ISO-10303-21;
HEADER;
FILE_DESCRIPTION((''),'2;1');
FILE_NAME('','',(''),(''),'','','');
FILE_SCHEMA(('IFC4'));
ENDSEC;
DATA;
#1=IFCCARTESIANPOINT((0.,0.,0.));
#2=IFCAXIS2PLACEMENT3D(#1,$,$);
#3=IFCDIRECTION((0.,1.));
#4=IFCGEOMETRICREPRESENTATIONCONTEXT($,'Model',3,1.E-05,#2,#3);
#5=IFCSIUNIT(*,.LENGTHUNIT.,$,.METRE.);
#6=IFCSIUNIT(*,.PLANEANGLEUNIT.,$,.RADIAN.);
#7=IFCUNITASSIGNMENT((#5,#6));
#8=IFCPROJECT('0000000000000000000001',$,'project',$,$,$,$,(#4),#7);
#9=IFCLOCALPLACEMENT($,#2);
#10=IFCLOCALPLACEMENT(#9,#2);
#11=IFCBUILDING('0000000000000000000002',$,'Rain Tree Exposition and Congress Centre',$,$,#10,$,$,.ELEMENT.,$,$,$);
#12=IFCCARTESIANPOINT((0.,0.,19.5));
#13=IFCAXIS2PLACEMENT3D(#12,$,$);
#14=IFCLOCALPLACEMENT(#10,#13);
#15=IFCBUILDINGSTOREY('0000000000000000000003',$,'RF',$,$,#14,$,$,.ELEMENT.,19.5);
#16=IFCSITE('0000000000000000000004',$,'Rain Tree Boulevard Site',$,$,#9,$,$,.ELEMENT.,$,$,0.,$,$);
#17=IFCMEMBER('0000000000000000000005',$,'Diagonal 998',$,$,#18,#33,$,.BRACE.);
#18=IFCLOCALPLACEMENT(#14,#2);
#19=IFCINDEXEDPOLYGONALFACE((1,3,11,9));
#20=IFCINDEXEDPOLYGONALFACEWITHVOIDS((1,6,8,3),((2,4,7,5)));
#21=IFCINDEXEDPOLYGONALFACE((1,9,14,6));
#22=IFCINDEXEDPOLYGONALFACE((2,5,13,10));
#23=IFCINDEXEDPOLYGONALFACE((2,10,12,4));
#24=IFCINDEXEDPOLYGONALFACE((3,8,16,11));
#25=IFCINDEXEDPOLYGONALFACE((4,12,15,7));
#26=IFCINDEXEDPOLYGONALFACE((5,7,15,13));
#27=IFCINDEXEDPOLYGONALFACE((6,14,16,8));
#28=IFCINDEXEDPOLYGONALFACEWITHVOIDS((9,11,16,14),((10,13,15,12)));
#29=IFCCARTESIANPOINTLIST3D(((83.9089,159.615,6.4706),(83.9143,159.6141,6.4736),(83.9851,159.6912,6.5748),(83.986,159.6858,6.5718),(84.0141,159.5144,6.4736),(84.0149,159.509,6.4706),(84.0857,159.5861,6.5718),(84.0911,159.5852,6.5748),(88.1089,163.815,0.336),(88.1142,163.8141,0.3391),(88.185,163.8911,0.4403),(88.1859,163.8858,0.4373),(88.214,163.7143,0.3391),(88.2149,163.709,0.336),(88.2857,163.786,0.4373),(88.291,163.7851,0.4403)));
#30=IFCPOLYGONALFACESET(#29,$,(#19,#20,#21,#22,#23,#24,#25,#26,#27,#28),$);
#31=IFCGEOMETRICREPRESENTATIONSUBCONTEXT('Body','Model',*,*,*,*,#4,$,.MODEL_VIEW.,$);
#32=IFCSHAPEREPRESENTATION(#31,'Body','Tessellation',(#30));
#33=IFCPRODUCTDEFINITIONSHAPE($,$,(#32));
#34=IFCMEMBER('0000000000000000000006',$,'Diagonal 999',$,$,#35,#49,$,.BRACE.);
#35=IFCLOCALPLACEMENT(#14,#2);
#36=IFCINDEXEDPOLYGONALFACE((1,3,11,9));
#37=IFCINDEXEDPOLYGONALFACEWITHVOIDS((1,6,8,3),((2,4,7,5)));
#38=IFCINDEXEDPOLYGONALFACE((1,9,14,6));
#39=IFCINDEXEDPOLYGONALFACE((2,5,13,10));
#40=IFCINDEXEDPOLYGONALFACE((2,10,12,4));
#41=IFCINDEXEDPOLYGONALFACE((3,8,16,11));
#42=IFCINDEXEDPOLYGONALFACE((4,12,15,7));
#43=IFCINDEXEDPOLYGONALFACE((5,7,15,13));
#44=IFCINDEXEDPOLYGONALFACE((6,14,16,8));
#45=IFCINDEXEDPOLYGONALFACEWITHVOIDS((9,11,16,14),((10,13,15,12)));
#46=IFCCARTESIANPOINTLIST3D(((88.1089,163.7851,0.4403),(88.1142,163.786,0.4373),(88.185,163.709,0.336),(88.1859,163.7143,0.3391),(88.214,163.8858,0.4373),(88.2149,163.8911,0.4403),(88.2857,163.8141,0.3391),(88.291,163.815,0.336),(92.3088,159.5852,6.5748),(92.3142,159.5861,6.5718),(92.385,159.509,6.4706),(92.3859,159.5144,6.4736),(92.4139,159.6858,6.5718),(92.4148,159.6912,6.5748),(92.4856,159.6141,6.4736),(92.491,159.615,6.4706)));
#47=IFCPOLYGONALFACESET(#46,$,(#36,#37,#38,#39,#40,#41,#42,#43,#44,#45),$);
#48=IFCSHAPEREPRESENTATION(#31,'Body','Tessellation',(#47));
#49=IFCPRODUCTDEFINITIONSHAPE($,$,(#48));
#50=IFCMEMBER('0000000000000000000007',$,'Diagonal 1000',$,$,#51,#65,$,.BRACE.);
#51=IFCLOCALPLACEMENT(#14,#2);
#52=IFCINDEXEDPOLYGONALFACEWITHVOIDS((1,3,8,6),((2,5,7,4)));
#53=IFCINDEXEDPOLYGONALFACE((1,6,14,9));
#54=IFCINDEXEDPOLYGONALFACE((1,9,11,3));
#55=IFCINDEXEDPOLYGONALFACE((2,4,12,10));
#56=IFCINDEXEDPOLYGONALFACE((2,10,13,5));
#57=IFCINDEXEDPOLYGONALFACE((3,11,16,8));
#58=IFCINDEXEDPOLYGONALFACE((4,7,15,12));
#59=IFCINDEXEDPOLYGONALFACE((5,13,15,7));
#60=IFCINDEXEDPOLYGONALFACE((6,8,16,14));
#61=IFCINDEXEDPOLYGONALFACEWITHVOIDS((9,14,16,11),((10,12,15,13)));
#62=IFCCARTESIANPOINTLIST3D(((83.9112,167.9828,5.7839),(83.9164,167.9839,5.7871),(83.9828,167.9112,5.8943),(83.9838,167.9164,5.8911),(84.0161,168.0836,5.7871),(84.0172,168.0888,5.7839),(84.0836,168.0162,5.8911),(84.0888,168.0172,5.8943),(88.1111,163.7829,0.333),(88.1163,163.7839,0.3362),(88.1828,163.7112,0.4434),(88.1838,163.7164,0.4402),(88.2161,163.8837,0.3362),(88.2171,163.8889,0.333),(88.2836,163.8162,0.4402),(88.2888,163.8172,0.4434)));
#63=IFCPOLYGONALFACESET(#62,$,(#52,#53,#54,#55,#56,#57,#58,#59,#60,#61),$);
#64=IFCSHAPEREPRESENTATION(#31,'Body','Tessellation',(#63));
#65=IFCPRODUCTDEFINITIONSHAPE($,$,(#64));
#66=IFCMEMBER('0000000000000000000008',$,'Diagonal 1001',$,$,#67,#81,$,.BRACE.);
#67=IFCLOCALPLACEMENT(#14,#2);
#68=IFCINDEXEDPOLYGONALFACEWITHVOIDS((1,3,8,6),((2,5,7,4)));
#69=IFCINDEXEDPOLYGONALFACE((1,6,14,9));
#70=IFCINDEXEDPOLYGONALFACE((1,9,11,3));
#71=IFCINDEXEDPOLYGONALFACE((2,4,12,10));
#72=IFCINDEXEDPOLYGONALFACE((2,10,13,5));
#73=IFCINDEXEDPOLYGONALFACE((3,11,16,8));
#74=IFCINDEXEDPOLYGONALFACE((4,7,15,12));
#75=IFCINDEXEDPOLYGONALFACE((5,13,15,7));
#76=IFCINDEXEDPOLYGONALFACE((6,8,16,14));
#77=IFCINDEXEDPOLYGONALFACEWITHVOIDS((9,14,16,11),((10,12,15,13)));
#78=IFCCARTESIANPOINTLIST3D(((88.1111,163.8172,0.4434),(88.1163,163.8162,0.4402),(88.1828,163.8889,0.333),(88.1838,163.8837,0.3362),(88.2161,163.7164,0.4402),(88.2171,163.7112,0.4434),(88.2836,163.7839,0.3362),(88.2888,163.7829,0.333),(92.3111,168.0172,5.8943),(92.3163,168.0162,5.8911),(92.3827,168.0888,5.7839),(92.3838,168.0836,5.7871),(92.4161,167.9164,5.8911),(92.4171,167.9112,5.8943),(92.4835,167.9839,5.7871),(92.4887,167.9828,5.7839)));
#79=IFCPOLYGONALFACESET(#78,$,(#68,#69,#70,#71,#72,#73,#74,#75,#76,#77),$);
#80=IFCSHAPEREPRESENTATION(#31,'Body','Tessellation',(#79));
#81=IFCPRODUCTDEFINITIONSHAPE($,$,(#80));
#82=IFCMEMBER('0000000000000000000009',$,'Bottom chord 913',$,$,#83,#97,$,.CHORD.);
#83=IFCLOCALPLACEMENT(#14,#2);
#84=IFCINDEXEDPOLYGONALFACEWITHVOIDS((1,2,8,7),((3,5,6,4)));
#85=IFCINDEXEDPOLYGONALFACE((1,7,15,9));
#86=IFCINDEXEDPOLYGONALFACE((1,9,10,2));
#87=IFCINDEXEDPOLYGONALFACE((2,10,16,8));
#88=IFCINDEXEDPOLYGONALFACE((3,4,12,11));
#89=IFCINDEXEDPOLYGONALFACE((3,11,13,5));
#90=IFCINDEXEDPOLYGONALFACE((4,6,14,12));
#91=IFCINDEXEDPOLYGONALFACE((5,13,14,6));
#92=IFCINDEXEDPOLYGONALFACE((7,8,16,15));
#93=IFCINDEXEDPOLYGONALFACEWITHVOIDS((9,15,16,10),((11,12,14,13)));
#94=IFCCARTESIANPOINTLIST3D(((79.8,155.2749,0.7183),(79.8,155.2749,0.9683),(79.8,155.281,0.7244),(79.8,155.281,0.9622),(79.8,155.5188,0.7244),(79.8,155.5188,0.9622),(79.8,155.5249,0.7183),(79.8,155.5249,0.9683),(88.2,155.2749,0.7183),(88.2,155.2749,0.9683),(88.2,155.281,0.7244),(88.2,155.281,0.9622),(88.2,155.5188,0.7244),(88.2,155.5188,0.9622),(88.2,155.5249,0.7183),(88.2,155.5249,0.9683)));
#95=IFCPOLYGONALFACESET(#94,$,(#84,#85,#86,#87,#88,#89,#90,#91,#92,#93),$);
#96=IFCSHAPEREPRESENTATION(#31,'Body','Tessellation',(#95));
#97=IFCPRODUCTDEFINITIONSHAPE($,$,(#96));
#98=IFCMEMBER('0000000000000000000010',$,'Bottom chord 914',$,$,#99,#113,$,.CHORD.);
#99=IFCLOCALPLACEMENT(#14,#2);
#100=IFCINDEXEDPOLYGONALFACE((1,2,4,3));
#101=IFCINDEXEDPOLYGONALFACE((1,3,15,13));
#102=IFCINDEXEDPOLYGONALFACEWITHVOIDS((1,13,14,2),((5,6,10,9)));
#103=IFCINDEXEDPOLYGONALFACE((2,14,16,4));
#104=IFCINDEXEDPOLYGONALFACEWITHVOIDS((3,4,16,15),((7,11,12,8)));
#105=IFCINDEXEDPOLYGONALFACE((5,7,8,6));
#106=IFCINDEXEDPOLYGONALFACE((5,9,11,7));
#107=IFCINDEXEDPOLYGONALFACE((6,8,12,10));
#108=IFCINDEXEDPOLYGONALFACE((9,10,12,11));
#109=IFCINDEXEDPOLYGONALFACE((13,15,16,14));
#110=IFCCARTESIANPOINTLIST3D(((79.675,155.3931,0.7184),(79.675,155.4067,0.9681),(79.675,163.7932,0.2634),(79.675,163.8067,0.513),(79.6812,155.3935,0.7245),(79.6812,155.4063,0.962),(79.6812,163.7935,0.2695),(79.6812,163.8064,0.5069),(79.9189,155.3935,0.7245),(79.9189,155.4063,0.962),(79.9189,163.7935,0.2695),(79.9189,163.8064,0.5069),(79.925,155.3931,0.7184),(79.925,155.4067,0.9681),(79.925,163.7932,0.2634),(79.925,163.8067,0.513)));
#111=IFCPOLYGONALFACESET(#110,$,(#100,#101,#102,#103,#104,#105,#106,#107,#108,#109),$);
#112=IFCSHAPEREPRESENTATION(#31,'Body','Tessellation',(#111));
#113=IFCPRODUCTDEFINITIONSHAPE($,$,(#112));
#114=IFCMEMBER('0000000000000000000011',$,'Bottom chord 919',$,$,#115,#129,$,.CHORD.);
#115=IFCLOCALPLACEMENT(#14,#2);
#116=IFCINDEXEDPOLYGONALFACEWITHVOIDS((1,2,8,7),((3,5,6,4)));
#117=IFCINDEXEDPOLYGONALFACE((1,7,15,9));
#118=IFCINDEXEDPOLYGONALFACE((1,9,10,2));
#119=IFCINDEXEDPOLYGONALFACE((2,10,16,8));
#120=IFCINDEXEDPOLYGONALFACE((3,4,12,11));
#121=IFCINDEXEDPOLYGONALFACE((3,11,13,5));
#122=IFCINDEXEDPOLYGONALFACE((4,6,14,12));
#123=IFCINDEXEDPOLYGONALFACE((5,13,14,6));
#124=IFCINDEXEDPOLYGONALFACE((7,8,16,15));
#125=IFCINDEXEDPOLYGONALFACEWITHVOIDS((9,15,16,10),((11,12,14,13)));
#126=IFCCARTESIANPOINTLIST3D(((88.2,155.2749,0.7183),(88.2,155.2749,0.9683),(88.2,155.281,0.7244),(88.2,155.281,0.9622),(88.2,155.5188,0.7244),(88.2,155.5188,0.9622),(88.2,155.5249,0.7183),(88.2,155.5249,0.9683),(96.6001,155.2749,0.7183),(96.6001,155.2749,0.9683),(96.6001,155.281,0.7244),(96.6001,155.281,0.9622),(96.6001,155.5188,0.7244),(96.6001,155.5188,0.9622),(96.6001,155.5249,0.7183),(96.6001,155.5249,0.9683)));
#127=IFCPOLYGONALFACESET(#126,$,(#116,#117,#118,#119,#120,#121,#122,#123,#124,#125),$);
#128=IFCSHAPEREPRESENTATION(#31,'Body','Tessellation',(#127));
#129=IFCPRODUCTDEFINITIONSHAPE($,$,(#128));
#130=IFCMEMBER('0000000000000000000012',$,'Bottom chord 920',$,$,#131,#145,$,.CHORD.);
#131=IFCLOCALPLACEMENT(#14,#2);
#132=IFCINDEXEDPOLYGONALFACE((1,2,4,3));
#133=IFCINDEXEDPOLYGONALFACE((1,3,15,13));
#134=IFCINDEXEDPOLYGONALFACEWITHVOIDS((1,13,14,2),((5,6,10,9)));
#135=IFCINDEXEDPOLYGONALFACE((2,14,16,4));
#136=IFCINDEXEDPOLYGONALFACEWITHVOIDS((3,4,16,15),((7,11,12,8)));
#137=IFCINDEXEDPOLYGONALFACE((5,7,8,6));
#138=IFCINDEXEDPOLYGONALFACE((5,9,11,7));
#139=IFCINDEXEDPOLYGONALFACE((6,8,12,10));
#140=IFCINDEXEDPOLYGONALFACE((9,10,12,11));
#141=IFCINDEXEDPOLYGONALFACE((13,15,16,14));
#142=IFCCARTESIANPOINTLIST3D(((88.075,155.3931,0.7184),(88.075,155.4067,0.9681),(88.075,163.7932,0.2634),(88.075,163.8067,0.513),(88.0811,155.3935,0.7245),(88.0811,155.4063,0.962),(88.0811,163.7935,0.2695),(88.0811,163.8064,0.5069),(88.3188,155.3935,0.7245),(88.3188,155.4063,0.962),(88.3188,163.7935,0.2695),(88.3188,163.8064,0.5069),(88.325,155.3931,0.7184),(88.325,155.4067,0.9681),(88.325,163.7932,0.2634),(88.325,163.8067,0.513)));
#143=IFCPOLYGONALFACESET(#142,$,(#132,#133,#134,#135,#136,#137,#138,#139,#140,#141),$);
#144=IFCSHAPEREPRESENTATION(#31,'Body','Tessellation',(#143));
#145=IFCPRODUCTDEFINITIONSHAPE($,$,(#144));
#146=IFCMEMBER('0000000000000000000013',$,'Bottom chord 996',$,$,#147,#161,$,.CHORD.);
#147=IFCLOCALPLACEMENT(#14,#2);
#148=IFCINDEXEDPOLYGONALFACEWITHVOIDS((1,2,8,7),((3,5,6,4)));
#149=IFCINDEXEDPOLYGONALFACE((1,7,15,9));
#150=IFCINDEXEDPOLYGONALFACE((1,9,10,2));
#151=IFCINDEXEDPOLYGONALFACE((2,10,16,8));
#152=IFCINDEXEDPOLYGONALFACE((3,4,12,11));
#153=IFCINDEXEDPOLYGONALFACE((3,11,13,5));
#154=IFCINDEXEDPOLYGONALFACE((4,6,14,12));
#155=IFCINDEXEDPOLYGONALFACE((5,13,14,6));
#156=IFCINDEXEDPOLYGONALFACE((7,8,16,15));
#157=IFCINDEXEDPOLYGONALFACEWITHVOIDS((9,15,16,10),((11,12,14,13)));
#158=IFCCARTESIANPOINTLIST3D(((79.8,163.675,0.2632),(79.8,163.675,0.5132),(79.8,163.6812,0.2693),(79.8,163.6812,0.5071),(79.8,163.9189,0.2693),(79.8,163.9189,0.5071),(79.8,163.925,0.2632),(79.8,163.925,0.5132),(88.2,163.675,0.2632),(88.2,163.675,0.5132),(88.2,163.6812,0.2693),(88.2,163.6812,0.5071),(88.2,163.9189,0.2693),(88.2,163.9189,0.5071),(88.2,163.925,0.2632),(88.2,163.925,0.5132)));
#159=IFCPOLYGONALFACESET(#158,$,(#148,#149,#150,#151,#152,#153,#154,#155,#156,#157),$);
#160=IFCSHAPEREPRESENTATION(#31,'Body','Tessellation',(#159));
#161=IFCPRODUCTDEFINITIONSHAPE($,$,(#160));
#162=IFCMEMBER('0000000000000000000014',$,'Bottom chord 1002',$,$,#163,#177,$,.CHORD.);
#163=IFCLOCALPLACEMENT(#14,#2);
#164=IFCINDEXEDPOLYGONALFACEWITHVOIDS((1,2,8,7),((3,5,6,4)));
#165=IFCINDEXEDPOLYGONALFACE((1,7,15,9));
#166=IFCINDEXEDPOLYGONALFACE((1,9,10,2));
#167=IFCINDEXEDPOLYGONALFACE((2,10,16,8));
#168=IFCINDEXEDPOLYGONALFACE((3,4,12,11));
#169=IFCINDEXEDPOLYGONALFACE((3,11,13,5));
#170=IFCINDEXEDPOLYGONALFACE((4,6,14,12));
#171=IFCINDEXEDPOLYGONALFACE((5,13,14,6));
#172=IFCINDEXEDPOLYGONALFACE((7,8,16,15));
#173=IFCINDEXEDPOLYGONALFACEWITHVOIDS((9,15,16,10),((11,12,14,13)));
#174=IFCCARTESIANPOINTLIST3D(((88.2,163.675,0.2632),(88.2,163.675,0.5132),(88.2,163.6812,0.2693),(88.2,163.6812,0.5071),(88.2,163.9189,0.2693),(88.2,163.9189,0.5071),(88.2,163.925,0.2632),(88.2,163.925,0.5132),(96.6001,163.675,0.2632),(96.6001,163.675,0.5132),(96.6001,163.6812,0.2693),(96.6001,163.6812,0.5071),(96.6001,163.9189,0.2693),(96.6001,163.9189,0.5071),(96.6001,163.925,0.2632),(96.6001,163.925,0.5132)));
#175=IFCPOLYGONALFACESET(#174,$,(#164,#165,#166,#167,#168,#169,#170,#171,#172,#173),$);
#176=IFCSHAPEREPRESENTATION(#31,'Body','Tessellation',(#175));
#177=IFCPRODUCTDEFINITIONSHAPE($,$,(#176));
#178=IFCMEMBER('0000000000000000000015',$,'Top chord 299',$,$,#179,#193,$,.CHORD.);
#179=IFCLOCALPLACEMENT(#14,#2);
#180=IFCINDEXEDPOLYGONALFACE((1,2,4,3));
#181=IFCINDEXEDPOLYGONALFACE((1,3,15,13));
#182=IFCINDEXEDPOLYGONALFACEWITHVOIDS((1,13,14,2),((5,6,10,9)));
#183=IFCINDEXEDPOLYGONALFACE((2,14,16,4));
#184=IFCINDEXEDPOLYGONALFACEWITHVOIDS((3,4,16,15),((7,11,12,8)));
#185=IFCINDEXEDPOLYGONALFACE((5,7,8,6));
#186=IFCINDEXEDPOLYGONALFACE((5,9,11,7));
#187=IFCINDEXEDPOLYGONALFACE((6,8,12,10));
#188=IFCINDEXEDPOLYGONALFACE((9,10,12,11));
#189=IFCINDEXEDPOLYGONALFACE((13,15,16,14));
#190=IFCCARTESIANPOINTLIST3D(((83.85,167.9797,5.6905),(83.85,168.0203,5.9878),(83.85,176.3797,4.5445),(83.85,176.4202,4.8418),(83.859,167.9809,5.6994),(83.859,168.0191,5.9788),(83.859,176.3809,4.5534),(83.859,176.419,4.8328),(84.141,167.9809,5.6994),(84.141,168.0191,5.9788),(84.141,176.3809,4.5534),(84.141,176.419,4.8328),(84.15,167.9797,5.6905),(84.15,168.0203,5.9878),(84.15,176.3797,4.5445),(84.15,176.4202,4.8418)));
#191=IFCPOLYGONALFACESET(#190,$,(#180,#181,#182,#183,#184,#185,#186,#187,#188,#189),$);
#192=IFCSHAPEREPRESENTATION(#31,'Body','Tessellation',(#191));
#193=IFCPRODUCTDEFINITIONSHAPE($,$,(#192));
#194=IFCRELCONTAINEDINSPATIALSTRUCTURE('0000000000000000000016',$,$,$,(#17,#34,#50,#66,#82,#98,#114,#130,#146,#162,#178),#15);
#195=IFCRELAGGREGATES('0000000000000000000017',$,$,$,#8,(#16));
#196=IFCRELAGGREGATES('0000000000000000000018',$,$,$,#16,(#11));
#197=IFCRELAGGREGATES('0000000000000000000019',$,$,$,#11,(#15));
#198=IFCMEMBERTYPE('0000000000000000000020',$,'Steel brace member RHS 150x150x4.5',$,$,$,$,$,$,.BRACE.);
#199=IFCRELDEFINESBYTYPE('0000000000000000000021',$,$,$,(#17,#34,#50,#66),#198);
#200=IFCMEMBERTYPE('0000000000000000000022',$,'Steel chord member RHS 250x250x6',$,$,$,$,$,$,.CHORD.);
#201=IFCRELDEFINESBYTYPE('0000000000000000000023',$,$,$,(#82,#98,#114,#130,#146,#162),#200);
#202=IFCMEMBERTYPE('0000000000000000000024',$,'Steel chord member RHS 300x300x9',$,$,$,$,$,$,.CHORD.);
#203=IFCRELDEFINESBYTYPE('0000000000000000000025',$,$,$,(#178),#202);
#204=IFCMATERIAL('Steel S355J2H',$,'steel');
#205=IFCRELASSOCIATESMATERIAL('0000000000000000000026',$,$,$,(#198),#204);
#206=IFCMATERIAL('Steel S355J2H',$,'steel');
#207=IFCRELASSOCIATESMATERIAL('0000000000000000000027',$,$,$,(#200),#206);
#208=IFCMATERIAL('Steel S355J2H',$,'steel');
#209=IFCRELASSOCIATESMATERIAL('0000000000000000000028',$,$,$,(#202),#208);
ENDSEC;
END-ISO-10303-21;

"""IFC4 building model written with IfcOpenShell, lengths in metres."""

from ifc_helpers import new_model, si_unit, direction, frame, origin, origin_2d, place, context, subcontext, project, spatial, hollow_rectangle, extrude, material, material_profile, profile_set, type_object, element, save


model = new_model("IFC4")

# Units and contexts
model_context = context("Model", 3, precision=1e-05, world=origin(), true_north=direction((0.0, 1.0)))
body_context = subcontext(model_context, "Body", "Model", "MODEL_VIEW")
ifc_project = project(units=[si_unit("LENGTHUNIT", "METRE"), si_unit("PLANEANGLEUNIT", "RADIAN")], contexts=[model_context])

# Site, building, storey
site_placement = place(None, origin())
site = spatial("IfcSite", under=ifc_project, at=site_placement, Name="Rain Tree Boulevard Site", CompositionType="ELEMENT", RefElevation=0.0)
building_placement = place(site_placement, origin())
building = spatial("IfcBuilding", under=site, at=building_placement, Name="Rain Tree Exposition and Congress Centre", CompositionType="ELEMENT")
storey_placement = place(building_placement, frame((0.0, 0.0, 19.5)))
storey = spatial("IfcBuildingStorey", under=building, at=storey_placement, Name="RF", CompositionType="ELEMENT", Elevation=19.5)

# Members
ifc_material_1 = material(Name="Steel S355J2H", Category="steel")
ifc_material_profile_1 = material_profile(ifc_material_1, hollow_rectangle(XDim=0.1499, YDim=0.1499, WallThickness=0.0044, at=origin_2d()), Name="RHS 150x150x4.5")
ifc_profile_set_1 = profile_set([ifc_material_profile_1], Name="Steel S355J2H")
member_type_1 = type_object("IfcMemberType", Name="Steel brace member RHS 150x150x4.5", PredefinedType="BRACE", material=ifc_profile_set_1)
for number, where, z_axis, x_axis, name in (
    (1, (88.2, 163.8, 0.3882), (-0.491865, -0.491865, 0.718427), (0.707107, -0.707107, 0.0), "Diagonal 998"),
    (2, (88.2, 163.8, 0.3882), (0.491865, -0.491865, 0.718427), (0.707107, 0.707107, 0.0), "Diagonal 999"),
):
    element("IfcMember", number, at=place(storey_placement, frame(where, z_axis=z_axis, x_axis=x_axis)), inside=storey, type_object=member_type_1, Name=name, PredefinedType="BRACE", context=body_context, shape_type="SweptSolid", body=[
        extrude(hollow_rectangle(XDim=0.1499, YDim=0.1499, WallThickness=0.0044, at=origin_2d()), origin(), (0.0, 0.0, 1.0), 8.5388),
    ])
for number, where, z_axis, x_axis, name in (
    (3, (88.2, 163.8, 0.3882), (-0.520973, 0.520973, 0.676147), (-0.707107, -0.707107, 0.0), "Diagonal 1000"),
    (4, (88.2, 163.8, 0.3882), (0.520973, 0.520973, 0.676147), (-0.707107, 0.707107, 0.0), "Diagonal 1001"),
):
    element("IfcMember", number, at=place(storey_placement, frame(where, z_axis=z_axis, x_axis=x_axis)), inside=storey, type_object=member_type_1, Name=name, PredefinedType="BRACE", context=body_context, shape_type="SweptSolid", body=[
        extrude(hollow_rectangle(XDim=0.1499, YDim=0.1499, WallThickness=0.0044, at=origin_2d()), origin(), (0.0, 0.0, 1.0), 8.0618),
    ])
ifc_material_2 = material(Name="Steel S355J2H", Category="steel")
ifc_material_profile_2 = material_profile(ifc_material_2, hollow_rectangle(XDim=0.25, YDim=0.25, WallThickness=0.0061, at=origin_2d()), Name="RHS 250x250x6")
ifc_profile_set_2 = profile_set([ifc_material_profile_2], Name="Steel S355J2H")
member_type_2 = type_object("IfcMemberType", Name="Steel chord member RHS 250x250x6", PredefinedType="CHORD", material=ifc_profile_set_2)
member_1_placement = place(storey_placement, frame((79.8, 155.3999, 0.8433), z_axis=(1.0, 0.0, 0.0), x_axis=(0.0, 1.0, 0.0)))
element("IfcMember", 5, at=member_1_placement, inside=storey, type_object=member_type_2, Name="Bottom chord 913", PredefinedType="CHORD", context=body_context, shape_type="SweptSolid", body=[
    extrude(hollow_rectangle(XDim=0.25, YDim=0.25, WallThickness=0.0061, at=origin_2d()), origin(), (0.0, 0.0, 1.0), 8.3999),
])
member_2_placement = place(storey_placement, frame((79.8, 155.3999, 0.8433), z_axis=(0.0, 0.998536, -0.054096), x_axis=(-1.0, 0.0, 0.0)))
element("IfcMember", 6, at=member_2_placement, inside=storey, type_object=member_type_2, Name="Bottom chord 914", PredefinedType="CHORD", context=body_context, shape_type="SweptSolid", body=[
    extrude(hollow_rectangle(XDim=0.25, YDim=0.25, WallThickness=0.0061, at=origin_2d()), origin(), (0.0, 0.0, 1.0), 8.4124),
])
member_3_placement = place(storey_placement, frame((88.2, 155.3999, 0.8433), z_axis=(1.0, 0.0, 0.0), x_axis=(0.0, 1.0, 0.0)))
element("IfcMember", 7, at=member_3_placement, inside=storey, type_object=member_type_2, Name="Bottom chord 919", PredefinedType="CHORD", context=body_context, shape_type="SweptSolid", body=[
    extrude(hollow_rectangle(XDim=0.25, YDim=0.25, WallThickness=0.0061, at=origin_2d()), origin(), (0.0, 0.0, 1.0), 8.4001),
])
member_4_placement = place(storey_placement, frame((88.2, 155.3999, 0.8433), z_axis=(0.0, 0.998536, -0.054096), x_axis=(-1.0, 0.0, 0.0)))
element("IfcMember", 8, at=member_4_placement, inside=storey, type_object=member_type_2, Name="Bottom chord 920", PredefinedType="CHORD", context=body_context, shape_type="SweptSolid", body=[
    extrude(hollow_rectangle(XDim=0.25, YDim=0.25, WallThickness=0.0061, at=origin_2d()), origin(), (0.0, 0.0, 1.0), 8.4124),
])
member_5_placement = place(storey_placement, frame((79.8, 163.8, 0.3882), z_axis=(1.0, 0.0, 0.0), x_axis=(0.0, 1.0, 0.0)))
element("IfcMember", 9, at=member_5_placement, inside=storey, type_object=member_type_2, Name="Bottom chord 996", PredefinedType="CHORD", context=body_context, shape_type="SweptSolid", body=[
    extrude(hollow_rectangle(XDim=0.25, YDim=0.25, WallThickness=0.0061, at=origin_2d()), origin(), (0.0, 0.0, 1.0), 8.3999),
])
member_6_placement = place(storey_placement, frame((88.2, 163.8, 0.3882), z_axis=(1.0, 0.0, 0.0), x_axis=(0.0, 1.0, 0.0)))
element("IfcMember", 10, at=member_6_placement, inside=storey, type_object=member_type_2, Name="Bottom chord 1002", PredefinedType="CHORD", context=body_context, shape_type="SweptSolid", body=[
    extrude(hollow_rectangle(XDim=0.25, YDim=0.25, WallThickness=0.0061, at=origin_2d()), origin(), (0.0, 0.0, 1.0), 8.4001),
])
ifc_material_3 = material(Name="Steel S355J2H", Category="steel")
ifc_material_profile_3 = material_profile(ifc_material_3, hollow_rectangle(XDim=0.3, YDim=0.3, WallThickness=0.009, at=origin_2d()), Name="RHS 300x300x9")
ifc_profile_set_3 = profile_set([ifc_material_profile_3], Name="Steel S355J2H")
member_type_3 = type_object("IfcMemberType", Name="Steel chord member RHS 300x300x9", PredefinedType="CHORD", material=ifc_profile_set_3)
member_7_placement = place(storey_placement, frame((84.0, 168.0, 5.8391), z_axis=(0.0, 0.990821, -0.135177), x_axis=(-1.0, 0.0, 0.0)))
element("IfcMember", 11, at=member_7_placement, inside=storey, type_object=member_type_3, Name="Top chord 299", PredefinedType="CHORD", context=body_context, shape_type="SweptSolid", body=[
    extrude(hollow_rectangle(XDim=0.3, YDim=0.3, WallThickness=0.009, at=origin_2d()), origin(), (0.0, 0.0, 1.0), 8.4778),
])

save(model, "model.ifc")
